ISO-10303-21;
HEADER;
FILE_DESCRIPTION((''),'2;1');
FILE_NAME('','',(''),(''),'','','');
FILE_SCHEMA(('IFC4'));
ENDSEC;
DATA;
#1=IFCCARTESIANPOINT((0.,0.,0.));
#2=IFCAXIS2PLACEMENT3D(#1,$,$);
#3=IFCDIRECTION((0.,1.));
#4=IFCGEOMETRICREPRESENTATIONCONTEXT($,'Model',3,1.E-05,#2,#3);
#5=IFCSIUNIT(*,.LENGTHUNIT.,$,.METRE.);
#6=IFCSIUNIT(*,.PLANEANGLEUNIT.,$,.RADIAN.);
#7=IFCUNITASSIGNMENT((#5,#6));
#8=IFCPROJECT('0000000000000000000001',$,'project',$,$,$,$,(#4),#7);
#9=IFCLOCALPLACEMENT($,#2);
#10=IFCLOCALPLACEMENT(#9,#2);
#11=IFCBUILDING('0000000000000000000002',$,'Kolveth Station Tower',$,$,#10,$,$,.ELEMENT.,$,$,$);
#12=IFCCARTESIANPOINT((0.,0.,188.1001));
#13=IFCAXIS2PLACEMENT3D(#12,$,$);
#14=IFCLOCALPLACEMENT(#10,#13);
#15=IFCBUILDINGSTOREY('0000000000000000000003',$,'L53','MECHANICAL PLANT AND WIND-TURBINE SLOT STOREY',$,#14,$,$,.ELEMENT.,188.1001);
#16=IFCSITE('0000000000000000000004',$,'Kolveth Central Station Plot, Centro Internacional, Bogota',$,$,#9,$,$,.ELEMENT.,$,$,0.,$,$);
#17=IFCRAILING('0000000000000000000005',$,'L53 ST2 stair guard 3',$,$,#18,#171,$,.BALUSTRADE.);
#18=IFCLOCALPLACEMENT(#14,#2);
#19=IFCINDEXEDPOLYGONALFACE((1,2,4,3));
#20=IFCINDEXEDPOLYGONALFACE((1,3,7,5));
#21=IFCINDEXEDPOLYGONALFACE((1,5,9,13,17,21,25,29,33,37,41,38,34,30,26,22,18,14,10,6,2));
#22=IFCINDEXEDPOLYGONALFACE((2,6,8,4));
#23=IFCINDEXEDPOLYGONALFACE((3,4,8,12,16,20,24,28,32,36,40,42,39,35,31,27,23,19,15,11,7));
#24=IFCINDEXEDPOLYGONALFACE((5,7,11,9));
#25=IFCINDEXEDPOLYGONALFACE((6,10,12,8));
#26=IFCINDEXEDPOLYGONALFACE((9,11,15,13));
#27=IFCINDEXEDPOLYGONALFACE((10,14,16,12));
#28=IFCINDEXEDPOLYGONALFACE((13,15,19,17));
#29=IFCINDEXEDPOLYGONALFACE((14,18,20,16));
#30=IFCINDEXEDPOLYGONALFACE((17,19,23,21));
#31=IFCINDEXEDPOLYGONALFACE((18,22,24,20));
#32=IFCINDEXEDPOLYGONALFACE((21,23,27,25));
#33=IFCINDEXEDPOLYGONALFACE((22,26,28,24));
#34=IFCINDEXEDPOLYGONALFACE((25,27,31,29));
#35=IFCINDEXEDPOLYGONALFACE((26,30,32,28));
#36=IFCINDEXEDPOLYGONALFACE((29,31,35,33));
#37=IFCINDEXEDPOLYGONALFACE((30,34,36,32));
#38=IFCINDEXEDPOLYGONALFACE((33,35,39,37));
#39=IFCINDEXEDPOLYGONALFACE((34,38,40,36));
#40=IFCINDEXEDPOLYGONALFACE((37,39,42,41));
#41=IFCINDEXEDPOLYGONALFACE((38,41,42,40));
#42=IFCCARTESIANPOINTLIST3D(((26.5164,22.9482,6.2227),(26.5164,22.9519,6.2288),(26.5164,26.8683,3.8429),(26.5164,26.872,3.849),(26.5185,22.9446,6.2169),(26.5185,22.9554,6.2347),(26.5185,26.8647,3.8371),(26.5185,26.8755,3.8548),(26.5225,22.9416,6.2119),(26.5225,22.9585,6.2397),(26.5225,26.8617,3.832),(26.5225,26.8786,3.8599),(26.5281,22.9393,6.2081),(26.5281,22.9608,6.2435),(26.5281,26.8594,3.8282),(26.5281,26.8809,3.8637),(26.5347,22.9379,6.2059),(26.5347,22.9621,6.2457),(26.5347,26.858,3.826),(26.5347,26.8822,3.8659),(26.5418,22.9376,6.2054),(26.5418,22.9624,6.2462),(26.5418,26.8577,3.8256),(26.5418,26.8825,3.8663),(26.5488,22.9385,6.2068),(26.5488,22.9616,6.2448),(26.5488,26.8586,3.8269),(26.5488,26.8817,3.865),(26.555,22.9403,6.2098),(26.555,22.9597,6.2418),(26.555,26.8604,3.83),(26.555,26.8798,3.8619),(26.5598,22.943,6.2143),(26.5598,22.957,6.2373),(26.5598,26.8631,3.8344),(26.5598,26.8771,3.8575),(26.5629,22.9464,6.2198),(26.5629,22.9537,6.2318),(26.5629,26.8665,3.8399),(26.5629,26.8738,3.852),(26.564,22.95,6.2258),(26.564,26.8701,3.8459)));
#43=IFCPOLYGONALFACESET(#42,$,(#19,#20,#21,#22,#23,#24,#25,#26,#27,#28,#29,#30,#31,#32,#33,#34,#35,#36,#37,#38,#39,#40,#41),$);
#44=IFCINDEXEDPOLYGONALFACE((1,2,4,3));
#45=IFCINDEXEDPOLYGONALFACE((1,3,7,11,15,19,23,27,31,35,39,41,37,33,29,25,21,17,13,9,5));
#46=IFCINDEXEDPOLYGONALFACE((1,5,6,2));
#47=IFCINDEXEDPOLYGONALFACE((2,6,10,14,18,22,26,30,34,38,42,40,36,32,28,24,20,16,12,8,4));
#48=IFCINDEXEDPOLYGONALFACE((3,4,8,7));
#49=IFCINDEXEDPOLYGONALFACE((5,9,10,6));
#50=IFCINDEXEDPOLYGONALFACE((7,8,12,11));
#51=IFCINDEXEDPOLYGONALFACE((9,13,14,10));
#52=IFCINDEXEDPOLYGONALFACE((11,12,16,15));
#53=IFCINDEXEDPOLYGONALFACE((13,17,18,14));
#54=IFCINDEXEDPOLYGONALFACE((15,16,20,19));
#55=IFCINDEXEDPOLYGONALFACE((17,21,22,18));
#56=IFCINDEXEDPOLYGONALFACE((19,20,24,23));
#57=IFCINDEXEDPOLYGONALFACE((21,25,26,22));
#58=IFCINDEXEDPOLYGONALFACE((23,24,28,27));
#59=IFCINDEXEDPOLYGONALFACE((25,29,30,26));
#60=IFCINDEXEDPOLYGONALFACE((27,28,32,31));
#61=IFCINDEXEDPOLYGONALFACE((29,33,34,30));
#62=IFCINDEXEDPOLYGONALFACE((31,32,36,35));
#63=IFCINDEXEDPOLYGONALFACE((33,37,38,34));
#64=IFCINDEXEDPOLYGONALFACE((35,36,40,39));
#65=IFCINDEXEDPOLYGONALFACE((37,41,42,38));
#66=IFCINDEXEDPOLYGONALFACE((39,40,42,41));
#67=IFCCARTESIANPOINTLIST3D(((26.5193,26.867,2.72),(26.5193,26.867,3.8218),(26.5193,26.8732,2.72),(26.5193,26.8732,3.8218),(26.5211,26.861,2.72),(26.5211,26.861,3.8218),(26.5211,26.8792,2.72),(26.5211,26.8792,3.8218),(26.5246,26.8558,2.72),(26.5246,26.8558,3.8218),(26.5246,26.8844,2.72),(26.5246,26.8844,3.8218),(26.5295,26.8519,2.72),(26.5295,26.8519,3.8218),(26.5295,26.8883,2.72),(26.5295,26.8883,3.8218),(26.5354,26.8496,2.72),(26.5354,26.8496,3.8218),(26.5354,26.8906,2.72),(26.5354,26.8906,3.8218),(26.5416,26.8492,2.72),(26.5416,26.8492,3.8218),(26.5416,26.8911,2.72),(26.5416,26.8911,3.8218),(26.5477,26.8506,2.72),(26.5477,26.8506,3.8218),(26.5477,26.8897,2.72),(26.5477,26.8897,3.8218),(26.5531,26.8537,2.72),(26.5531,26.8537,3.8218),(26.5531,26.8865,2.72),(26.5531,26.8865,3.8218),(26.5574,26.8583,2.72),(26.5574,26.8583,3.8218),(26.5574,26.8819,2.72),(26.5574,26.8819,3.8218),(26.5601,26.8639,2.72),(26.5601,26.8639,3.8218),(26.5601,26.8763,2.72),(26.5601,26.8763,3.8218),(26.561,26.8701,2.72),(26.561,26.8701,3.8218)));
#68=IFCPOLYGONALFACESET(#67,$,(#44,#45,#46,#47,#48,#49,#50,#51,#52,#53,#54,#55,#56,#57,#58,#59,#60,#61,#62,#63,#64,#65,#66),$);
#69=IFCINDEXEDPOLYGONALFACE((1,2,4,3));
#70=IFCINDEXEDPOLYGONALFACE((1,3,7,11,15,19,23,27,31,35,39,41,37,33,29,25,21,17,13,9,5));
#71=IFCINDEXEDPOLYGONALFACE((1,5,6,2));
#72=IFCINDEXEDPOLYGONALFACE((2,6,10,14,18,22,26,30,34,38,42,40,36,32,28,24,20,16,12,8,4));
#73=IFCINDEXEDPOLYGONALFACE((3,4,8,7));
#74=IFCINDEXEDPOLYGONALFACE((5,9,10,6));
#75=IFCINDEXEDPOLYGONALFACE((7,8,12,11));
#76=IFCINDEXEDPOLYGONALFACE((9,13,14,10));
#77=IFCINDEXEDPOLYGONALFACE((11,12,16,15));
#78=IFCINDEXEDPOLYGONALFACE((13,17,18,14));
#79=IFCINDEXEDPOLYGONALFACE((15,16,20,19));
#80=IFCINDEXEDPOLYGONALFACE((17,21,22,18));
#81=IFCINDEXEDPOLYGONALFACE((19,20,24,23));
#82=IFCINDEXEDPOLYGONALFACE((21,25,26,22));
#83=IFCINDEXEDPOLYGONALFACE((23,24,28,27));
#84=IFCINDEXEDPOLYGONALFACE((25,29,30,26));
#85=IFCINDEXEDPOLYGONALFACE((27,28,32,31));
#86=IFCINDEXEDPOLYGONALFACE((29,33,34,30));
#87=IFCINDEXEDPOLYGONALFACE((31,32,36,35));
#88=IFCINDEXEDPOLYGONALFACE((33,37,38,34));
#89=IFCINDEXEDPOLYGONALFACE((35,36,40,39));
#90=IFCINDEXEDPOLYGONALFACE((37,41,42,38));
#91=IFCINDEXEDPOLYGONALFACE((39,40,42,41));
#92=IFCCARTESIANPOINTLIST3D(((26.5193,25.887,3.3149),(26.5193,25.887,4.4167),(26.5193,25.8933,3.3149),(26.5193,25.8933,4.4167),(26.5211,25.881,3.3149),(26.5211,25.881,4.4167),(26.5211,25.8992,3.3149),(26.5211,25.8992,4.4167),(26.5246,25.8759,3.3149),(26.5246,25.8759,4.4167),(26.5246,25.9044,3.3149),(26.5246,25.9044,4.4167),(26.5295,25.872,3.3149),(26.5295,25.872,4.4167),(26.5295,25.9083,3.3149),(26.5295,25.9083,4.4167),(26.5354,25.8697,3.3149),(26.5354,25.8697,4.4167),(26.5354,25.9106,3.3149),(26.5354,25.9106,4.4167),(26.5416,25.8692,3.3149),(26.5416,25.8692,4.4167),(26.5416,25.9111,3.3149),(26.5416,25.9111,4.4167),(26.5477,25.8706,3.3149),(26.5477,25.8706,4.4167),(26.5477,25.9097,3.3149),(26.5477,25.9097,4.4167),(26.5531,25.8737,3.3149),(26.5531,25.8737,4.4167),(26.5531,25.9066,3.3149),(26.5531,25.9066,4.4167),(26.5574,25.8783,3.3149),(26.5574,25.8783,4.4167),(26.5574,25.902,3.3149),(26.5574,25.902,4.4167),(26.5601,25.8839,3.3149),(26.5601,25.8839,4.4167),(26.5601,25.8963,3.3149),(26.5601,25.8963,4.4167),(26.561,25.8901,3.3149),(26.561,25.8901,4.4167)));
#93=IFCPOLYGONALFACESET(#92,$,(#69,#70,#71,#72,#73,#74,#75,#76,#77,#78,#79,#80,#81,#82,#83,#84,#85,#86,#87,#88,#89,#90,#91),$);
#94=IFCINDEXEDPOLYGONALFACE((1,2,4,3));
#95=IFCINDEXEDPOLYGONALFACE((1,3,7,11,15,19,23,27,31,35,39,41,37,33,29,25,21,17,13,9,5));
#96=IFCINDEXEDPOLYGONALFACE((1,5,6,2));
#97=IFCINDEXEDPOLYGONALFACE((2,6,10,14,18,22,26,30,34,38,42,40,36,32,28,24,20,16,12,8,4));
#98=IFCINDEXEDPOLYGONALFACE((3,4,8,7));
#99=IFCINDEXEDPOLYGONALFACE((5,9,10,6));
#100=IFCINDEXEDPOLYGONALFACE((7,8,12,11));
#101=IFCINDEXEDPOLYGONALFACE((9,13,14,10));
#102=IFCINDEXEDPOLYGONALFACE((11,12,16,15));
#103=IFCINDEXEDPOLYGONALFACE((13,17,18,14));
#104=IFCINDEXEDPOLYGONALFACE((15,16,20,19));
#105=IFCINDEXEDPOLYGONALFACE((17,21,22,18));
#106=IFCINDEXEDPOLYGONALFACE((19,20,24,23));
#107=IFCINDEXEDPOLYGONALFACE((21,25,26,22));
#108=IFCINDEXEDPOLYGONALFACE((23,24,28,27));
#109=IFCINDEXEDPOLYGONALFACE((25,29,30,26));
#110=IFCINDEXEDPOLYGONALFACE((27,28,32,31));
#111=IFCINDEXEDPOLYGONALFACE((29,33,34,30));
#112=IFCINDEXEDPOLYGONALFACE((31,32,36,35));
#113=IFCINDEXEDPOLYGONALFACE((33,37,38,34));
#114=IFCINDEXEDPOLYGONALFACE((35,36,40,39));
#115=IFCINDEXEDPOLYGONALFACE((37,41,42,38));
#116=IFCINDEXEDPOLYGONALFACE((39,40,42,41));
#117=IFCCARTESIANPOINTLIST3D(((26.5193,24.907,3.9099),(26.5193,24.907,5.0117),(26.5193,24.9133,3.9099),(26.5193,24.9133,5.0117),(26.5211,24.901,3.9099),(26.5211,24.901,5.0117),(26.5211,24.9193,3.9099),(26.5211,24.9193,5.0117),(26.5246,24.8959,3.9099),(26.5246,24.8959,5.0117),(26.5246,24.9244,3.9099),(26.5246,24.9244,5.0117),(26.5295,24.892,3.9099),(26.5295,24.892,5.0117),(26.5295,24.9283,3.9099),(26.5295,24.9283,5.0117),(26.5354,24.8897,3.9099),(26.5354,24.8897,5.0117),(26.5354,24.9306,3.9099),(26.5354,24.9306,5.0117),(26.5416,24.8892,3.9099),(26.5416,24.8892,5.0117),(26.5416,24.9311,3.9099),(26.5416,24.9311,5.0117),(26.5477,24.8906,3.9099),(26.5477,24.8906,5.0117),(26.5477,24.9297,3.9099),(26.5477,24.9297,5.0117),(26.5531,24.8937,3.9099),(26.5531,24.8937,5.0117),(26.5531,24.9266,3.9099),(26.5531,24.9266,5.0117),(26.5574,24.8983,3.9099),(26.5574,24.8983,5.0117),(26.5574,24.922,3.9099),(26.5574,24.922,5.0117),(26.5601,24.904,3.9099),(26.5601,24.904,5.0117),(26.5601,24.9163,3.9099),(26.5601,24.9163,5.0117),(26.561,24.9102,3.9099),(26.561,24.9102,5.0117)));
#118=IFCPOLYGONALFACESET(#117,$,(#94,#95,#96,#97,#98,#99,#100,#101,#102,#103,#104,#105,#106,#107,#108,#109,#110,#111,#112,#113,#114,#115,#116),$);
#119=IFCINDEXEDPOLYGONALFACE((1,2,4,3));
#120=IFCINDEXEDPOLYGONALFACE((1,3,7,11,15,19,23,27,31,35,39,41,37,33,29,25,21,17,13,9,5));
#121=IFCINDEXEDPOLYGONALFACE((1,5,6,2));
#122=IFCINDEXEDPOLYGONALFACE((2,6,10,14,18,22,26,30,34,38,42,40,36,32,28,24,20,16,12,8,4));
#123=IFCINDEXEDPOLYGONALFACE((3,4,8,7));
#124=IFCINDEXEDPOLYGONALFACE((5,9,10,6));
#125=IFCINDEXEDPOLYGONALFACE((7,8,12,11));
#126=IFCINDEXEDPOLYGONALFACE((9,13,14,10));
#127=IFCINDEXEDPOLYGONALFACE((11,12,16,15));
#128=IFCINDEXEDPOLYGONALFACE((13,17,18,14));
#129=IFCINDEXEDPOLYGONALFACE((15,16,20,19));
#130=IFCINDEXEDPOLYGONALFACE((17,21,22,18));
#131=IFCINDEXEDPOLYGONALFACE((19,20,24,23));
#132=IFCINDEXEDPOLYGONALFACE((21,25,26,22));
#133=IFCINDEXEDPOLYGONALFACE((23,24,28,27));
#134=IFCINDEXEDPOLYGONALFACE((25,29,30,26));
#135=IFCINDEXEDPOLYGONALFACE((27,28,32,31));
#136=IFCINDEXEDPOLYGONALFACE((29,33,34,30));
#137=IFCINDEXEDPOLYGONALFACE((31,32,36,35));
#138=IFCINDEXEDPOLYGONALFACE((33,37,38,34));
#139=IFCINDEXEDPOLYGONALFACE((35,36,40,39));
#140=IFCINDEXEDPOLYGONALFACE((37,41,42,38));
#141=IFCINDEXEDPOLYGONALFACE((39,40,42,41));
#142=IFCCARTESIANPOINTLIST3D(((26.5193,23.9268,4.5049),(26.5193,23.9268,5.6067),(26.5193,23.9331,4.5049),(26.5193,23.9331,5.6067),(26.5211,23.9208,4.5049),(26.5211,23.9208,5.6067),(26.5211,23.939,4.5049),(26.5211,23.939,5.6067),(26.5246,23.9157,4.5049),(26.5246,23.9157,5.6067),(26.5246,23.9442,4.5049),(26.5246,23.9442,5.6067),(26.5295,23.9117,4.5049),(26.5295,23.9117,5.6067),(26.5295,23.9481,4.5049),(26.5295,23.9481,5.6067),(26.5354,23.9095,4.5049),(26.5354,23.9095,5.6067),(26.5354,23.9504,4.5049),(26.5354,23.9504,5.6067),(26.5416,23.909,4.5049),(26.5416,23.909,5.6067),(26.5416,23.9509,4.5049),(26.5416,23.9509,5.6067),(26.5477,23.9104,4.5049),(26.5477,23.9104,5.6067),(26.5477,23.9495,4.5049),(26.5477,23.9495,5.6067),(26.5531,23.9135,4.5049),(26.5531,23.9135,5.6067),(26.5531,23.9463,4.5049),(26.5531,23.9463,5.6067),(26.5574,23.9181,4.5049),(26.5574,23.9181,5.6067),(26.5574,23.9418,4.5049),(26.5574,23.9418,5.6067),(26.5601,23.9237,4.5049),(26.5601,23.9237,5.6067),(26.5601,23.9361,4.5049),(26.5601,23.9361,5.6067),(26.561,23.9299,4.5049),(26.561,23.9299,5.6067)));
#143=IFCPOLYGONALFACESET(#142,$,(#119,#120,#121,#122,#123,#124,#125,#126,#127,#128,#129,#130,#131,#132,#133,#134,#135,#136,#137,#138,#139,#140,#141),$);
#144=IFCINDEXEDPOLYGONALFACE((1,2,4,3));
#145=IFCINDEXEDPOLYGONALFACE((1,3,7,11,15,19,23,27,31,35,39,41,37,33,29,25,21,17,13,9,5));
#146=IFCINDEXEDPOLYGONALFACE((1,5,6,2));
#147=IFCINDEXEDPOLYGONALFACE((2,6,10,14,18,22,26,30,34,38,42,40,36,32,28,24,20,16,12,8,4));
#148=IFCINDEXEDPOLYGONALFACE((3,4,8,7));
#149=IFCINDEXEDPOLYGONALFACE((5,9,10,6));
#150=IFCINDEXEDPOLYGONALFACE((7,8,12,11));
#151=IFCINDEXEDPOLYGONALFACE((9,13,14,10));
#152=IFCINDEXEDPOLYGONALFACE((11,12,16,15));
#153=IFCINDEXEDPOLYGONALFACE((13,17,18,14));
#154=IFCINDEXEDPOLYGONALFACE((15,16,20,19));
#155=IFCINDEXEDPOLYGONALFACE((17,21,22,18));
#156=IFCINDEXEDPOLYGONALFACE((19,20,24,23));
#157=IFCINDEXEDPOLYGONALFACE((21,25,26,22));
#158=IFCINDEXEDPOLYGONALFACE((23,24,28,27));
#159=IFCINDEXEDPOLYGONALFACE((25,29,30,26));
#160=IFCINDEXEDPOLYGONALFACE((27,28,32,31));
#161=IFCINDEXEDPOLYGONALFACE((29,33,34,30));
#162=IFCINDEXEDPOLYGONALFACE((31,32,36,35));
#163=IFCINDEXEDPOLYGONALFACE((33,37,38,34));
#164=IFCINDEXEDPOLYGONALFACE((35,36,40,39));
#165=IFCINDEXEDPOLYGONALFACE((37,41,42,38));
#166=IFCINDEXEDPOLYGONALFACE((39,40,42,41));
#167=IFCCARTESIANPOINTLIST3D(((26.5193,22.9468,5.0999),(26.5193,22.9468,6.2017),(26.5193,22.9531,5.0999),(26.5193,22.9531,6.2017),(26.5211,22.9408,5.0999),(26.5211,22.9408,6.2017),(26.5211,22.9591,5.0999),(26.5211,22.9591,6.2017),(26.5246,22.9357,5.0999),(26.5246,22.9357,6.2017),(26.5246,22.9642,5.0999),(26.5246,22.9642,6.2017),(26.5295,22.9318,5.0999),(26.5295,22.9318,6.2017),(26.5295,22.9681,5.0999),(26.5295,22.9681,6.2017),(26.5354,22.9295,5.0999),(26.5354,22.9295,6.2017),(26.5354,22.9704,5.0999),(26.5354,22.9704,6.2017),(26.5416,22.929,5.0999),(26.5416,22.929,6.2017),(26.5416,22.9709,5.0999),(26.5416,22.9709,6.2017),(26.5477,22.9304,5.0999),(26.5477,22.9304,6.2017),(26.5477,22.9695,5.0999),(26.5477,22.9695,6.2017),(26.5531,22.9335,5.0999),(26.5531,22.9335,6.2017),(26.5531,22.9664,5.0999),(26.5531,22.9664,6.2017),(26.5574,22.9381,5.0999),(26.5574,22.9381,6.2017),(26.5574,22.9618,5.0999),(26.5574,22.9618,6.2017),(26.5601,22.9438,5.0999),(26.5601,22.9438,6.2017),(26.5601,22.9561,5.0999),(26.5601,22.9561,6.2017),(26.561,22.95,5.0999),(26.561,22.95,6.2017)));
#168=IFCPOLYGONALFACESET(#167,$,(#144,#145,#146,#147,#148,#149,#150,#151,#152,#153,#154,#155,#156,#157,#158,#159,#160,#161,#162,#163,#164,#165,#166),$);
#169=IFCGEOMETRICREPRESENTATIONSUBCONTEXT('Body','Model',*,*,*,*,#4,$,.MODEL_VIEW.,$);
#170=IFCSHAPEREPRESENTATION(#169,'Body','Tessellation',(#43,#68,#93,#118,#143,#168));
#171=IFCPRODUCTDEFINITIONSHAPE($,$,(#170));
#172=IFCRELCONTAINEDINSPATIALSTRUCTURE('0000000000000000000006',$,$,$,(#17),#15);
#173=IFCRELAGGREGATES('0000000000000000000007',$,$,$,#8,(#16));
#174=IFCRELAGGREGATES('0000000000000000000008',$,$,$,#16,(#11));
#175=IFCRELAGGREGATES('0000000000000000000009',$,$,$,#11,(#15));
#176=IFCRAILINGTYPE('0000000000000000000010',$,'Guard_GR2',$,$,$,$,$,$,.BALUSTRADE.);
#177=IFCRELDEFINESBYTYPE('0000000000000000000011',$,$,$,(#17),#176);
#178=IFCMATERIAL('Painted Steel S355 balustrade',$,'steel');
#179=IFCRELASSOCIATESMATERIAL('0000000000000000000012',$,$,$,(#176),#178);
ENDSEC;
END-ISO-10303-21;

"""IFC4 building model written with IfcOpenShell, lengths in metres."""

from ifc_helpers import new_model, si_unit, direction, frame, origin, origin_2d, place, context, subcontext, project, spatial, circle, extrude, material, type_object, element, save


model = new_model("IFC4")

# Units and contexts
model_context = context("Model", 3, precision=1e-05, world=origin(), true_north=direction((0.0, 1.0)))
body_context = subcontext(model_context, "Body", "Model", "MODEL_VIEW")
ifc_project = project(units=[si_unit("LENGTHUNIT", "METRE"), si_unit("PLANEANGLEUNIT", "RADIAN")], contexts=[model_context])

# Site, building, storey
site_placement = place(None, origin())
site = spatial("IfcSite", under=ifc_project, at=site_placement, Name="Kolveth Central Station Plot, Centro Internacional, Bogota", CompositionType="ELEMENT", RefElevation=0.0)
building_placement = place(site_placement, origin())
building = spatial("IfcBuilding", under=site, at=building_placement, Name="Kolveth Station Tower", CompositionType="ELEMENT")
storey_placement = place(building_placement, frame((0.0, 0.0, 188.1001)))
storey = spatial("IfcBuildingStorey", under=building, at=storey_placement, Name="L53", Description="MECHANICAL PLANT AND WIND-TURBINE SLOT STOREY", CompositionType="ELEMENT", Elevation=188.1001)

# Railing
ifc_material_1 = material(Name="Painted Steel S355 balustrade", Category="steel")
railing_type_1 = type_object("IfcRailingType", Name="Guard_GR2", PredefinedType="BALUSTRADE", material=ifc_material_1)
railing_1_placement = place(storey_placement, frame((26.54, 26.8701, 2.72)))
element("IfcRailing", 1, at=railing_1_placement, inside=storey, type_object=railing_type_1, Name="L53 ST2 stair guard 3", PredefinedType="BALUSTRADE", context=body_context, shape_type="SweptSolid", body=[
    extrude(circle(Radius=0.0239, at=origin_2d()), frame((0.0, 0.0, 1.126), z_axis=(0.0, -0.854809, 0.518943), x_axis=(1.0, 0.0, 0.0)), (0.0, 0.0, 1.0), 4.5859),
    extrude(circle(Radius=0.021, at=origin_2d()), origin(), (0.0, 0.0, 1.0), 1.1018),
    extrude(circle(Radius=0.021, at=origin_2d()), frame((0.0, -0.98, 0.595)), (0.0, 0.0, 1.0), 1.1018),
    extrude(circle(Radius=0.021, at=origin_2d()), frame((0.0, -1.96, 1.1899)), (0.0, 0.0, 1.0), 1.1018),
    extrude(circle(Radius=0.021, at=origin_2d()), frame((0.0, -2.9402, 1.7849)), (0.0, 0.0, 1.0), 1.1018),
    extrude(circle(Radius=0.021, at=origin_2d()), frame((0.0, -3.9202, 2.3799)), (0.0, 0.0, 1.0), 1.1018),
])

save(model, "model.ifc")
